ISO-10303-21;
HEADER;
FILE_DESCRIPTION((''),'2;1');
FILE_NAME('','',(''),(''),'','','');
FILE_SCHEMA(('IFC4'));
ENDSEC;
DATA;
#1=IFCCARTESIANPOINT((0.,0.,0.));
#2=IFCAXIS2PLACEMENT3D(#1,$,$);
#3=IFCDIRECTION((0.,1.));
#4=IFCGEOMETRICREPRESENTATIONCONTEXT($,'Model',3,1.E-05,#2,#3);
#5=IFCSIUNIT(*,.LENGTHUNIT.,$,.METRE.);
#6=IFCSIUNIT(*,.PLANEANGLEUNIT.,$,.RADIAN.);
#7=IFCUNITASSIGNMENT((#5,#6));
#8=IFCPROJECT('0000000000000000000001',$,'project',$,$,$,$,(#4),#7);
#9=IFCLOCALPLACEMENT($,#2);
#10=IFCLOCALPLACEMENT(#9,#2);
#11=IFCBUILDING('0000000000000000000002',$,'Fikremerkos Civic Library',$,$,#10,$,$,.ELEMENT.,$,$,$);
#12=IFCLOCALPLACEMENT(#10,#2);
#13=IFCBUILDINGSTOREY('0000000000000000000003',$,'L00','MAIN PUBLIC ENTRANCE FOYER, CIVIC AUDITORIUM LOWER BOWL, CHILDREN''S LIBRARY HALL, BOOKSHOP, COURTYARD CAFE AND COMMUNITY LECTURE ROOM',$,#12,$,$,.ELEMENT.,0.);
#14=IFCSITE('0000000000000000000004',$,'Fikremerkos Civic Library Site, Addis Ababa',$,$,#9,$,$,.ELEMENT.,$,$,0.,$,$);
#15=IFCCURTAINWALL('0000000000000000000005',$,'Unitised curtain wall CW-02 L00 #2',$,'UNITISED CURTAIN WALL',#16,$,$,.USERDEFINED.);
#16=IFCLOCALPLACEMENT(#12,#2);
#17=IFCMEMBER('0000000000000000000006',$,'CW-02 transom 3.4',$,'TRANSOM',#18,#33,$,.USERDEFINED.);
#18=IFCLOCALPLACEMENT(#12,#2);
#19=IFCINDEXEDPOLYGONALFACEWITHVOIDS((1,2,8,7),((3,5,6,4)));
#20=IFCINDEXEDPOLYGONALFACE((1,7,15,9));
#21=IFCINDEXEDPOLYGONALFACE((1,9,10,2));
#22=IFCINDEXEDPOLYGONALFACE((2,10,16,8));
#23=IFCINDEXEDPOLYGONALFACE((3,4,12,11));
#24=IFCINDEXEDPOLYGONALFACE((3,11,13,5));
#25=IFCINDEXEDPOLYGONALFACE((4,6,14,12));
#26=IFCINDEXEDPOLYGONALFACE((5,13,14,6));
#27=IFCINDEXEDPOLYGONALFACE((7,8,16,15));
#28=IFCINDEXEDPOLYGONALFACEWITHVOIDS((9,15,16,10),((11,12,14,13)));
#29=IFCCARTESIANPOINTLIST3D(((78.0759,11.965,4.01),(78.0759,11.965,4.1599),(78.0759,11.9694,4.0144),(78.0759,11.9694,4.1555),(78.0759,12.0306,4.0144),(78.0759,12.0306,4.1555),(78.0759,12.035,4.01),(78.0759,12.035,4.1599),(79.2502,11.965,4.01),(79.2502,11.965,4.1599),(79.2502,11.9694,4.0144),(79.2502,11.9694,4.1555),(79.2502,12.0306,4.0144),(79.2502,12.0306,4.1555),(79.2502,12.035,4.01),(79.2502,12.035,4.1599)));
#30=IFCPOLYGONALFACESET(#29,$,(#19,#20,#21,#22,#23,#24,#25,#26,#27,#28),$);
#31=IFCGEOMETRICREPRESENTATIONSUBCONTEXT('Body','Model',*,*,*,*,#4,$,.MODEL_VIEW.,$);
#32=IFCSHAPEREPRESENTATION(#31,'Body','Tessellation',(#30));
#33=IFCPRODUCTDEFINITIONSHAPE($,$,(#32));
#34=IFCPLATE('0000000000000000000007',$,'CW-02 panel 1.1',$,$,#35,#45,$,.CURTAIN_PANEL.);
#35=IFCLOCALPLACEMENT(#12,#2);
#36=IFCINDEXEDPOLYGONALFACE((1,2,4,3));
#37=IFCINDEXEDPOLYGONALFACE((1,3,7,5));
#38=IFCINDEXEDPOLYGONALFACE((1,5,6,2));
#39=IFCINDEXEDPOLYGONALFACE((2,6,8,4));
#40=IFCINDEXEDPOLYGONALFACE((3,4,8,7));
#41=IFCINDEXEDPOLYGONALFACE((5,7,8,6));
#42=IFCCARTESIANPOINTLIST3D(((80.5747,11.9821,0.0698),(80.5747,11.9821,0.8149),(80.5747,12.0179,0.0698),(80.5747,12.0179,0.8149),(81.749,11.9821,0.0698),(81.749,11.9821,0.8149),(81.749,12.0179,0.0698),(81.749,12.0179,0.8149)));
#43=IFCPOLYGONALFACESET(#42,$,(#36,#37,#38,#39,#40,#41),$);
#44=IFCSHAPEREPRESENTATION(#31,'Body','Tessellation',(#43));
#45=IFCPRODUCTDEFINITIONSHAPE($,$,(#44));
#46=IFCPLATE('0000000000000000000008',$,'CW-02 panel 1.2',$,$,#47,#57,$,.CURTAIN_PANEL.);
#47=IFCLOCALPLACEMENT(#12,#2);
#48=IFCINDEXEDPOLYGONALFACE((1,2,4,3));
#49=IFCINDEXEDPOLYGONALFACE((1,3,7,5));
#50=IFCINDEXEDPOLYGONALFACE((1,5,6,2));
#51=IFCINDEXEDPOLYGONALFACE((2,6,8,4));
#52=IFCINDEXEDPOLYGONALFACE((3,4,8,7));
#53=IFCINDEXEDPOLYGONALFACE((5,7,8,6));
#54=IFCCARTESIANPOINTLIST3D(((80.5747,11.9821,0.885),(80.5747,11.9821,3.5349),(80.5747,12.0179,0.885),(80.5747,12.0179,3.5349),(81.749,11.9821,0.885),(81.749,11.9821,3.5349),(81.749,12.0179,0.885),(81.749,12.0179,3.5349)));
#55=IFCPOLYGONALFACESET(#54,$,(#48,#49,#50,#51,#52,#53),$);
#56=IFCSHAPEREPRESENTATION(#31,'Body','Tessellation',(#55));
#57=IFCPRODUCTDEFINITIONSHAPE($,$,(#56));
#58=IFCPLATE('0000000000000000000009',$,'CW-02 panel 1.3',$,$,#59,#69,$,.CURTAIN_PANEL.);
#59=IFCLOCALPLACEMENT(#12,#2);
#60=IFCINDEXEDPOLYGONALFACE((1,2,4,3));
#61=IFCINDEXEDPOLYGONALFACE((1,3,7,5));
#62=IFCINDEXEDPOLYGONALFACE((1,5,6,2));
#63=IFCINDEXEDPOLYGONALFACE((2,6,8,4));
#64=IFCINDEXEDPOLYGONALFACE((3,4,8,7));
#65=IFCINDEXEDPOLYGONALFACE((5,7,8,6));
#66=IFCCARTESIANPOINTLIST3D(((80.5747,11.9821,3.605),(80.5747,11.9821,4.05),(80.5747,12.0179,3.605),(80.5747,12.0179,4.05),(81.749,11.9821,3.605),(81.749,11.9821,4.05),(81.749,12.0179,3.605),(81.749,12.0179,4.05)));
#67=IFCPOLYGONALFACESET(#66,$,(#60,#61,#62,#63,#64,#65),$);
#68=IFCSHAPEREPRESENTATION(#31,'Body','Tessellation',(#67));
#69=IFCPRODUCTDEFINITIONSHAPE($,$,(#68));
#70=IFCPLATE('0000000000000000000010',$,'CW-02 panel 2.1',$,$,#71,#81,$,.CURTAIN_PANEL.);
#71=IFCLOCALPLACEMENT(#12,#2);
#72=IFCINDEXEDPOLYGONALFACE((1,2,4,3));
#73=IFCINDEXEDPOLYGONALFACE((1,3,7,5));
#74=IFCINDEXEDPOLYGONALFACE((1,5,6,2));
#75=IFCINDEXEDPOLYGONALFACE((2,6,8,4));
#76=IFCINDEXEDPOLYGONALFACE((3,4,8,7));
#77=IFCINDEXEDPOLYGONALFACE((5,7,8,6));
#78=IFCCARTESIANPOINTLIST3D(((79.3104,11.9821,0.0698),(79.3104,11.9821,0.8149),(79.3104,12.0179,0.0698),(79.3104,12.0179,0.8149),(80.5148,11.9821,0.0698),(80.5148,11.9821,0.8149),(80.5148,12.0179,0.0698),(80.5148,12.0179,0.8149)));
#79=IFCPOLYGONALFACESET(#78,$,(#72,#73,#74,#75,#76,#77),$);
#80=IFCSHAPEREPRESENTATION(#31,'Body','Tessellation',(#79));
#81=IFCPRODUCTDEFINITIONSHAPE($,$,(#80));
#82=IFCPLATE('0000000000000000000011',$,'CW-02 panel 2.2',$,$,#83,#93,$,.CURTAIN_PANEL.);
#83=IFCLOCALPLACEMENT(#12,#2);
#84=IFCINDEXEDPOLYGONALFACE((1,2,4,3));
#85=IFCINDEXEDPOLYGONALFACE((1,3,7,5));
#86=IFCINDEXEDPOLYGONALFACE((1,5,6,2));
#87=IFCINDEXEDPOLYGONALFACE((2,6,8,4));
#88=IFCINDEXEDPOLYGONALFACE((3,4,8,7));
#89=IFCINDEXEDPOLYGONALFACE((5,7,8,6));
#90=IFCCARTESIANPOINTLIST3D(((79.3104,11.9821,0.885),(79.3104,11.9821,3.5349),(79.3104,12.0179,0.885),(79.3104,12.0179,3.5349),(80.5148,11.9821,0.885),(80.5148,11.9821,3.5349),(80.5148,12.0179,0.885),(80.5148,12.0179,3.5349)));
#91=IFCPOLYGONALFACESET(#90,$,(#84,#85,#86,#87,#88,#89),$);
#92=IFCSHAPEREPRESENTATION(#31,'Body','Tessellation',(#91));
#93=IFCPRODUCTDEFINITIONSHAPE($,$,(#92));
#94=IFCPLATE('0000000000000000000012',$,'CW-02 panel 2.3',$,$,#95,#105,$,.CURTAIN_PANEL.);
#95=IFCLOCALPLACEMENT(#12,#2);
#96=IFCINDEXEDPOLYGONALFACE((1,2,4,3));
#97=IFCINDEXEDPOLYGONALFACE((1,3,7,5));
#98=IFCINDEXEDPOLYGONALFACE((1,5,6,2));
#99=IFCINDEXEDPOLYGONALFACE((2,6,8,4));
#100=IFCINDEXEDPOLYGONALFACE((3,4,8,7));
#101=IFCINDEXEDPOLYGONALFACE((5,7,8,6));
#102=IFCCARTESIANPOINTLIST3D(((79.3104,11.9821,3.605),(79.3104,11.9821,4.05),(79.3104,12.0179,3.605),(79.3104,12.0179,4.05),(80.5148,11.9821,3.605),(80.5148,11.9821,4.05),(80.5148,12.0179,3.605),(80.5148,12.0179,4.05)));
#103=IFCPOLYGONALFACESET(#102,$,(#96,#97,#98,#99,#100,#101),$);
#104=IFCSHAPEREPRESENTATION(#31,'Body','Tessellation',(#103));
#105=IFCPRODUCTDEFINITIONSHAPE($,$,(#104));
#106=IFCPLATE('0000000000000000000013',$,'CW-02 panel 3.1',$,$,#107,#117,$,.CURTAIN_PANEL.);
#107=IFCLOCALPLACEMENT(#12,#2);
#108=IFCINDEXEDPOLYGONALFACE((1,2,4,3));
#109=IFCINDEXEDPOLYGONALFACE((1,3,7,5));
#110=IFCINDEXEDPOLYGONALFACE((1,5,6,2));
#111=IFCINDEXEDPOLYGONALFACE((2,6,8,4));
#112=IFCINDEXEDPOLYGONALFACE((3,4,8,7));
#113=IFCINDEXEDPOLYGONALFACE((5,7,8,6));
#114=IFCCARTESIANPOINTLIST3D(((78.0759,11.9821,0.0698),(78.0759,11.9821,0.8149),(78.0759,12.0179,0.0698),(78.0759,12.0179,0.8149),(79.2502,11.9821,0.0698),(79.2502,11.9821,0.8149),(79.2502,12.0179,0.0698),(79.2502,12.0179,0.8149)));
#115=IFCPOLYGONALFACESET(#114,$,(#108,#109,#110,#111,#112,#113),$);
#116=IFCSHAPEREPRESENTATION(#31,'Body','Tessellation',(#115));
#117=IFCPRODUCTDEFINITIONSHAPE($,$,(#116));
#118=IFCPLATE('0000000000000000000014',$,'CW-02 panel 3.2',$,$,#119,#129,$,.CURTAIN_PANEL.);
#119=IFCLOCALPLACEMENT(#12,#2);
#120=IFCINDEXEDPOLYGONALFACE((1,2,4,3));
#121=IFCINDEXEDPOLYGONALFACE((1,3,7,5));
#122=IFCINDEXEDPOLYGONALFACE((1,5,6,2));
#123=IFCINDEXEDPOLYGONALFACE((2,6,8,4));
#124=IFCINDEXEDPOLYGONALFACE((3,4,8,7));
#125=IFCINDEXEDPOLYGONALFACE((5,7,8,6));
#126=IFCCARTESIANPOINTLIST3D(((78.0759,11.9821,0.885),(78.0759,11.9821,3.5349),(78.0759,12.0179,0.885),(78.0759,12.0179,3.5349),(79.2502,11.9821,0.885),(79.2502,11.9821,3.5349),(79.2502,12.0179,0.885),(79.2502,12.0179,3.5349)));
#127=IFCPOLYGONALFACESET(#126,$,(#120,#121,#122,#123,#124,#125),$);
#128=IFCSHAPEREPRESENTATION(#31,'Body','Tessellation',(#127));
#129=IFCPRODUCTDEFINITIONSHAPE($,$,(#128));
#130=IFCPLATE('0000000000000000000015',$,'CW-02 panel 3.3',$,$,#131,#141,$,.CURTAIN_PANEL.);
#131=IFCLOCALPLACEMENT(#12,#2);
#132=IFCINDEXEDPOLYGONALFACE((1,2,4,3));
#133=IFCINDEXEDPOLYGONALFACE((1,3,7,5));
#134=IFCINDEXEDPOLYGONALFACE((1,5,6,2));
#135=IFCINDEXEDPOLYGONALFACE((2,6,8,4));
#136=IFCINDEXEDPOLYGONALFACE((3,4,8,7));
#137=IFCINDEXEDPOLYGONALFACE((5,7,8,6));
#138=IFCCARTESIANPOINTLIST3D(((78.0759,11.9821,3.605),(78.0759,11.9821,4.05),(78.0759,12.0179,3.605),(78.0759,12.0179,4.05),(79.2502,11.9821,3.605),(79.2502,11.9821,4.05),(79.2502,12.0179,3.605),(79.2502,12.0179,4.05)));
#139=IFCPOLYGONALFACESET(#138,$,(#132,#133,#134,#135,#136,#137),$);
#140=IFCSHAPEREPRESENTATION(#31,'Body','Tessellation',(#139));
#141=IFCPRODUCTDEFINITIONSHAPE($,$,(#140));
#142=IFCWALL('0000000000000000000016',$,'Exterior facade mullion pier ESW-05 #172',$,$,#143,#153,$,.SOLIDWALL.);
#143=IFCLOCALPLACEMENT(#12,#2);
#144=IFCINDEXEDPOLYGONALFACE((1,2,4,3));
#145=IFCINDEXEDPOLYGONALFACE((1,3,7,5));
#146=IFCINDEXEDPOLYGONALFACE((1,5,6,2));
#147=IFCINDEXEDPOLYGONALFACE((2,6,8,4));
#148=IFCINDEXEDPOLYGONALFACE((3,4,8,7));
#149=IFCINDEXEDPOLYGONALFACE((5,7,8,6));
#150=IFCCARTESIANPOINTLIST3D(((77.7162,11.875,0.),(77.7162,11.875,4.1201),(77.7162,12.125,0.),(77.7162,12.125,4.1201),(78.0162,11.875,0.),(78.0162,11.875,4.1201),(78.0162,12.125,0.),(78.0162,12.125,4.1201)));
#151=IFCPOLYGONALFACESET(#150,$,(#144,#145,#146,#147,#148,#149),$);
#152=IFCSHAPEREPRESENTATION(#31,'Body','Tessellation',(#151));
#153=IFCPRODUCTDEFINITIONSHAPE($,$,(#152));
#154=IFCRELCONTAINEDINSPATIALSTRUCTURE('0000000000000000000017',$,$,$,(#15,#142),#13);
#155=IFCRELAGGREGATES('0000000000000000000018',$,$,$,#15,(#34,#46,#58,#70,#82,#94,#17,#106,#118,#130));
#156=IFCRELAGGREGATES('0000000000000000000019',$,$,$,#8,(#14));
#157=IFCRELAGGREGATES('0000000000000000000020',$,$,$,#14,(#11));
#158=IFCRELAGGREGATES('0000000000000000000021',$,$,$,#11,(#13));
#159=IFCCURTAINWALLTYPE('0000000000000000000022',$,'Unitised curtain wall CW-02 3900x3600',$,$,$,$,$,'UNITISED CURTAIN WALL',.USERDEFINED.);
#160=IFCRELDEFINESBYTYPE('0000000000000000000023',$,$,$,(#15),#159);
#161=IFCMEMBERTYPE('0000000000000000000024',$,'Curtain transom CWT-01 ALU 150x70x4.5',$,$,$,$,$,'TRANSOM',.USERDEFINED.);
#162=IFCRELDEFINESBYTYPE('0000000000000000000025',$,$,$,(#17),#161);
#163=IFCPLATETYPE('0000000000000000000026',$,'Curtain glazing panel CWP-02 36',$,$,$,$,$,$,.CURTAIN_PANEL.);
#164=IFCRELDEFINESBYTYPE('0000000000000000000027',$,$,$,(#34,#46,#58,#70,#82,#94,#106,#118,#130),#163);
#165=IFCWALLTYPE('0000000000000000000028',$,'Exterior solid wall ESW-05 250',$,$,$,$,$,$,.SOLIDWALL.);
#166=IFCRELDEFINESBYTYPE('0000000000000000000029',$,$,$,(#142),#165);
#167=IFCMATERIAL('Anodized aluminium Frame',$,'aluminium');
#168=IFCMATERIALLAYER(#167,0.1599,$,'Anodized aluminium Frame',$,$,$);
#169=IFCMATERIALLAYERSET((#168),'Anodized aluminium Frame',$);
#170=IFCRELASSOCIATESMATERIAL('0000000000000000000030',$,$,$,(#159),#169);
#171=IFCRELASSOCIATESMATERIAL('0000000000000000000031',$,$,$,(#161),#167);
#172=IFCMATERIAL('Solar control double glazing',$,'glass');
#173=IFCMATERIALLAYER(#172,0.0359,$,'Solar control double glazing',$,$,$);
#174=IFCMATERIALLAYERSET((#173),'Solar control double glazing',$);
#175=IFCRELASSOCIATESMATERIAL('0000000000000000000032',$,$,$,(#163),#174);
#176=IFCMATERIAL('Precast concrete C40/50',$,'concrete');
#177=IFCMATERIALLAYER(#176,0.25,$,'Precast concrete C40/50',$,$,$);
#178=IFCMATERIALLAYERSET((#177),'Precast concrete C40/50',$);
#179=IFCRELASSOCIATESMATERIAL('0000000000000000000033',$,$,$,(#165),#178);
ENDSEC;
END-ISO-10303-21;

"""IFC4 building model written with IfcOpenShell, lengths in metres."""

from ifc_helpers import new_model, si_unit, direction, frame, frame_2d, origin, origin_2d, place, context, subcontext, project, spatial, rectangle, hollow_rectangle, extrude, material, layer, layer_set, material_profile, profile_set, type_object, element, aggregate, save


model = new_model("IFC4")

# Units and contexts
model_context = context("Model", 3, precision=1e-05, world=origin(), true_north=direction((0.0, 1.0)))
body_context = subcontext(model_context, "Body", "Model", "MODEL_VIEW")
ifc_project = project(units=[si_unit("LENGTHUNIT", "METRE"), si_unit("PLANEANGLEUNIT", "RADIAN")], contexts=[model_context])

# Site, building, storey
site_placement = place(None, origin())
site = spatial("IfcSite", under=ifc_project, at=site_placement, Name="Fikremerkos Civic Library Site, Addis Ababa", CompositionType="ELEMENT", RefElevation=0.0)
building_placement = place(site_placement, origin())
building = spatial("IfcBuilding", under=site, at=building_placement, Name="Fikremerkos Civic Library", CompositionType="ELEMENT")
storey_placement = place(building_placement, origin())
storey = spatial("IfcBuildingStorey", under=building, at=storey_placement, Name="L00", Description="MAIN PUBLIC ENTRANCE FOYER, CIVIC AUDITORIUM LOWER BOWL, CHILDREN'S LIBRARY HALL, BOOKSHOP, COURTYARD CAFE AND COMMUNITY LECTURE ROOM", CompositionType="ELEMENT", Elevation=0.0)

# Curtain wall
ifc_material_1 = material(Name="Anodized aluminium Frame", Category="aluminium")
ifc_layer_1 = layer(ifc_material_1, 0.1599, Name="Anodized aluminium Frame")
ifc_layer_set_1 = layer_set([ifc_layer_1], Name="Anodized aluminium Frame")
curtain_wall_type_1 = type_object("IfcCurtainWallType", Name="Unitised curtain wall CW-02 3900x3600", ElementType="UNITISED CURTAIN WALL", PredefinedType="USERDEFINED", material=ifc_layer_set_1)
curtain_wall_1_placement = place(storey_placement, origin())
curtain_wall_1 = element("IfcCurtainWall", 1, at=curtain_wall_1_placement, inside=storey, type_object=curtain_wall_type_1, Name="Unitised curtain wall CW-02 L00 #2", ObjectType="UNITISED CURTAIN WALL", PredefinedType="USERDEFINED")

# Member
ifc_material_profile_1 = material_profile(ifc_material_1, hollow_rectangle(XDim=0.0701, YDim=0.1499, WallThickness=0.0044, at=origin_2d()), Name="ALU 150x70x4.5")
ifc_profile_set_1 = profile_set([ifc_material_profile_1], Name="Anodized aluminium Frame")
member_type_1 = type_object("IfcMemberType", Name="Curtain transom CWT-01 ALU 150x70x4.5", ElementType="TRANSOM", PredefinedType="USERDEFINED", material=ifc_profile_set_1)
member_1_placement = place(storey_placement, frame((79.2502, 12.0, 4.085), z_axis=(-1.0, 0.0, 0.0), x_axis=(0.0, -1.0, 0.0)))
member_1 = element("IfcMember", 2, at=member_1_placement, type_object=member_type_1, Name="CW-02 transom 3.4", ObjectType="TRANSOM", PredefinedType="USERDEFINED", context=body_context, shape_type="SweptSolid", body=[
    extrude(hollow_rectangle(XDim=0.0701, YDim=0.1499, WallThickness=0.0044, at=origin_2d()), origin(), (0.0, 0.0, 1.0), 1.1743),
])

# Plates
ifc_material_2 = material(Name="Solar control double glazing", Category="glass")
ifc_layer_2 = layer(ifc_material_2, 0.0359, Name="Solar control double glazing")
ifc_layer_set_2 = layer_set([ifc_layer_2], Name="Solar control double glazing")
plate_type = type_object("IfcPlateType", Name="Curtain glazing panel CWP-02 36", PredefinedType="CURTAIN_PANEL", material=ifc_layer_set_2)
plate_1_placement = place(storey_placement, frame((81.1619, 12.0, 0.0698), z_axis=(0.0, 0.0, 1.0), x_axis=(-1.0, 0.0, 0.0)))
plate_1 = element("IfcPlate", 3, at=plate_1_placement, type_object=plate_type, Name="CW-02 panel 1.1", PredefinedType="CURTAIN_PANEL", context=body_context, shape_type="SweptSolid", body=[
    extrude(rectangle(XDim=1.1743, YDim=0.0359, at=origin_2d()), origin(), (0.0, 0.0, 1.0), 0.7451),
])
plate_2_placement = place(storey_placement, frame((81.1619, 12.0, 0.885), z_axis=(0.0, 0.0, 1.0), x_axis=(-1.0, 0.0, 0.0)))
plate_2 = element("IfcPlate", 4, at=plate_2_placement, type_object=plate_type, Name="CW-02 panel 1.2", PredefinedType="CURTAIN_PANEL", context=body_context, shape_type="SweptSolid", body=[
    extrude(rectangle(XDim=1.1743, YDim=0.0359, at=origin_2d()), origin(), (0.0, 0.0, 1.0), 2.6499),
])
plate_3_placement = place(storey_placement, frame((81.1619, 12.0, 3.605), z_axis=(0.0, 0.0, 1.0), x_axis=(-1.0, 0.0, 0.0)))
plate_3 = element("IfcPlate", 5, at=plate_3_placement, type_object=plate_type, Name="CW-02 panel 1.3", PredefinedType="CURTAIN_PANEL", context=body_context, shape_type="SweptSolid", body=[
    extrude(rectangle(XDim=1.1743, YDim=0.0359, at=origin_2d()), origin(), (0.0, 0.0, 1.0), 0.4451),
])
plate_4_placement = place(storey_placement, frame((79.9126, 12.0, 0.0698), z_axis=(0.0, 0.0, 1.0), x_axis=(-1.0, 0.0, 0.0)))
plate_4 = element("IfcPlate", 6, at=plate_4_placement, type_object=plate_type, Name="CW-02 panel 2.1", PredefinedType="CURTAIN_PANEL", context=body_context, shape_type="SweptSolid", body=[
    extrude(rectangle(XDim=1.2043, YDim=0.0359, at=origin_2d()), origin(), (0.0, 0.0, 1.0), 0.7451),
])
plate_5_placement = place(storey_placement, frame((79.9126, 12.0, 0.885), z_axis=(0.0, 0.0, 1.0), x_axis=(-1.0, 0.0, 0.0)))
plate_5 = element("IfcPlate", 7, at=plate_5_placement, type_object=plate_type, Name="CW-02 panel 2.2", PredefinedType="CURTAIN_PANEL", context=body_context, shape_type="SweptSolid", body=[
    extrude(rectangle(XDim=1.2043, YDim=0.0359, at=origin_2d()), origin(), (0.0, 0.0, 1.0), 2.6499),
])
plate_6_placement = place(storey_placement, frame((79.9126, 12.0, 3.605), z_axis=(0.0, 0.0, 1.0), x_axis=(-1.0, 0.0, 0.0)))
plate_6 = element("IfcPlate", 8, at=plate_6_placement, type_object=plate_type, Name="CW-02 panel 2.3", PredefinedType="CURTAIN_PANEL", context=body_context, shape_type="SweptSolid", body=[
    extrude(rectangle(XDim=1.2043, YDim=0.0359, at=origin_2d()), origin(), (0.0, 0.0, 1.0), 0.4451),
])
plate_7_placement = place(storey_placement, frame((78.6631, 12.0, 0.0698), z_axis=(0.0, 0.0, 1.0), x_axis=(-1.0, 0.0, 0.0)))
plate_7 = element("IfcPlate", 9, at=plate_7_placement, type_object=plate_type, Name="CW-02 panel 3.1", PredefinedType="CURTAIN_PANEL", context=body_context, shape_type="SweptSolid", body=[
    extrude(rectangle(XDim=1.1743, YDim=0.0359, at=origin_2d()), origin(), (0.0, 0.0, 1.0), 0.7451),
])
plate_8_placement = place(storey_placement, frame((78.6631, 12.0, 0.885), z_axis=(0.0, 0.0, 1.0), x_axis=(-1.0, 0.0, 0.0)))
plate_8 = element("IfcPlate", 10, at=plate_8_placement, type_object=plate_type, Name="CW-02 panel 3.2", PredefinedType="CURTAIN_PANEL", context=body_context, shape_type="SweptSolid", body=[
    extrude(rectangle(XDim=1.1743, YDim=0.0359, at=origin_2d()), origin(), (0.0, 0.0, 1.0), 2.6499),
])
plate_9_placement = place(storey_placement, frame((78.6631, 12.0, 3.605), z_axis=(0.0, 0.0, 1.0), x_axis=(-1.0, 0.0, 0.0)))
plate_9 = element("IfcPlate", 11, at=plate_9_placement, type_object=plate_type, Name="CW-02 panel 3.3", PredefinedType="CURTAIN_PANEL", context=body_context, shape_type="SweptSolid", body=[
    extrude(rectangle(XDim=1.1743, YDim=0.0359, at=origin_2d()), origin(), (0.0, 0.0, 1.0), 0.4451),
])
aggregate(curtain_wall_1, [plate_1, plate_2, plate_3, plate_4, plate_5, plate_6, member_1, plate_7, plate_8, plate_9])

# Wall
ifc_material_3 = material(Name="Precast concrete C40/50", Category="concrete")
ifc_layer_3 = layer(ifc_material_3, 0.25, Name="Precast concrete C40/50")
ifc_layer_set_3 = layer_set([ifc_layer_3], Name="Precast concrete C40/50")
wall_type = type_object("IfcWallType", Name="Exterior solid wall ESW-05 250", PredefinedType="SOLIDWALL", material=ifc_layer_set_3)
wall_placement = place(storey_placement, frame((78.0161, 12.0, 0.0), z_axis=(0.0, 0.0, 1.0), x_axis=(-1.0, 0.0, 0.0)))
element("IfcWall", 12, at=wall_placement, inside=storey, type_object=wall_type, Name="Exterior facade mullion pier ESW-05 #172", PredefinedType="SOLIDWALL", context=body_context, shape_type="SweptSolid", body=[
    extrude(rectangle(XDim=0.3, YDim=0.25, at=frame_2d((0.1499, 0.0))), origin(), (0.0, 0.0, 1.0), 4.1201),
])

save(model, "model.ifc")
